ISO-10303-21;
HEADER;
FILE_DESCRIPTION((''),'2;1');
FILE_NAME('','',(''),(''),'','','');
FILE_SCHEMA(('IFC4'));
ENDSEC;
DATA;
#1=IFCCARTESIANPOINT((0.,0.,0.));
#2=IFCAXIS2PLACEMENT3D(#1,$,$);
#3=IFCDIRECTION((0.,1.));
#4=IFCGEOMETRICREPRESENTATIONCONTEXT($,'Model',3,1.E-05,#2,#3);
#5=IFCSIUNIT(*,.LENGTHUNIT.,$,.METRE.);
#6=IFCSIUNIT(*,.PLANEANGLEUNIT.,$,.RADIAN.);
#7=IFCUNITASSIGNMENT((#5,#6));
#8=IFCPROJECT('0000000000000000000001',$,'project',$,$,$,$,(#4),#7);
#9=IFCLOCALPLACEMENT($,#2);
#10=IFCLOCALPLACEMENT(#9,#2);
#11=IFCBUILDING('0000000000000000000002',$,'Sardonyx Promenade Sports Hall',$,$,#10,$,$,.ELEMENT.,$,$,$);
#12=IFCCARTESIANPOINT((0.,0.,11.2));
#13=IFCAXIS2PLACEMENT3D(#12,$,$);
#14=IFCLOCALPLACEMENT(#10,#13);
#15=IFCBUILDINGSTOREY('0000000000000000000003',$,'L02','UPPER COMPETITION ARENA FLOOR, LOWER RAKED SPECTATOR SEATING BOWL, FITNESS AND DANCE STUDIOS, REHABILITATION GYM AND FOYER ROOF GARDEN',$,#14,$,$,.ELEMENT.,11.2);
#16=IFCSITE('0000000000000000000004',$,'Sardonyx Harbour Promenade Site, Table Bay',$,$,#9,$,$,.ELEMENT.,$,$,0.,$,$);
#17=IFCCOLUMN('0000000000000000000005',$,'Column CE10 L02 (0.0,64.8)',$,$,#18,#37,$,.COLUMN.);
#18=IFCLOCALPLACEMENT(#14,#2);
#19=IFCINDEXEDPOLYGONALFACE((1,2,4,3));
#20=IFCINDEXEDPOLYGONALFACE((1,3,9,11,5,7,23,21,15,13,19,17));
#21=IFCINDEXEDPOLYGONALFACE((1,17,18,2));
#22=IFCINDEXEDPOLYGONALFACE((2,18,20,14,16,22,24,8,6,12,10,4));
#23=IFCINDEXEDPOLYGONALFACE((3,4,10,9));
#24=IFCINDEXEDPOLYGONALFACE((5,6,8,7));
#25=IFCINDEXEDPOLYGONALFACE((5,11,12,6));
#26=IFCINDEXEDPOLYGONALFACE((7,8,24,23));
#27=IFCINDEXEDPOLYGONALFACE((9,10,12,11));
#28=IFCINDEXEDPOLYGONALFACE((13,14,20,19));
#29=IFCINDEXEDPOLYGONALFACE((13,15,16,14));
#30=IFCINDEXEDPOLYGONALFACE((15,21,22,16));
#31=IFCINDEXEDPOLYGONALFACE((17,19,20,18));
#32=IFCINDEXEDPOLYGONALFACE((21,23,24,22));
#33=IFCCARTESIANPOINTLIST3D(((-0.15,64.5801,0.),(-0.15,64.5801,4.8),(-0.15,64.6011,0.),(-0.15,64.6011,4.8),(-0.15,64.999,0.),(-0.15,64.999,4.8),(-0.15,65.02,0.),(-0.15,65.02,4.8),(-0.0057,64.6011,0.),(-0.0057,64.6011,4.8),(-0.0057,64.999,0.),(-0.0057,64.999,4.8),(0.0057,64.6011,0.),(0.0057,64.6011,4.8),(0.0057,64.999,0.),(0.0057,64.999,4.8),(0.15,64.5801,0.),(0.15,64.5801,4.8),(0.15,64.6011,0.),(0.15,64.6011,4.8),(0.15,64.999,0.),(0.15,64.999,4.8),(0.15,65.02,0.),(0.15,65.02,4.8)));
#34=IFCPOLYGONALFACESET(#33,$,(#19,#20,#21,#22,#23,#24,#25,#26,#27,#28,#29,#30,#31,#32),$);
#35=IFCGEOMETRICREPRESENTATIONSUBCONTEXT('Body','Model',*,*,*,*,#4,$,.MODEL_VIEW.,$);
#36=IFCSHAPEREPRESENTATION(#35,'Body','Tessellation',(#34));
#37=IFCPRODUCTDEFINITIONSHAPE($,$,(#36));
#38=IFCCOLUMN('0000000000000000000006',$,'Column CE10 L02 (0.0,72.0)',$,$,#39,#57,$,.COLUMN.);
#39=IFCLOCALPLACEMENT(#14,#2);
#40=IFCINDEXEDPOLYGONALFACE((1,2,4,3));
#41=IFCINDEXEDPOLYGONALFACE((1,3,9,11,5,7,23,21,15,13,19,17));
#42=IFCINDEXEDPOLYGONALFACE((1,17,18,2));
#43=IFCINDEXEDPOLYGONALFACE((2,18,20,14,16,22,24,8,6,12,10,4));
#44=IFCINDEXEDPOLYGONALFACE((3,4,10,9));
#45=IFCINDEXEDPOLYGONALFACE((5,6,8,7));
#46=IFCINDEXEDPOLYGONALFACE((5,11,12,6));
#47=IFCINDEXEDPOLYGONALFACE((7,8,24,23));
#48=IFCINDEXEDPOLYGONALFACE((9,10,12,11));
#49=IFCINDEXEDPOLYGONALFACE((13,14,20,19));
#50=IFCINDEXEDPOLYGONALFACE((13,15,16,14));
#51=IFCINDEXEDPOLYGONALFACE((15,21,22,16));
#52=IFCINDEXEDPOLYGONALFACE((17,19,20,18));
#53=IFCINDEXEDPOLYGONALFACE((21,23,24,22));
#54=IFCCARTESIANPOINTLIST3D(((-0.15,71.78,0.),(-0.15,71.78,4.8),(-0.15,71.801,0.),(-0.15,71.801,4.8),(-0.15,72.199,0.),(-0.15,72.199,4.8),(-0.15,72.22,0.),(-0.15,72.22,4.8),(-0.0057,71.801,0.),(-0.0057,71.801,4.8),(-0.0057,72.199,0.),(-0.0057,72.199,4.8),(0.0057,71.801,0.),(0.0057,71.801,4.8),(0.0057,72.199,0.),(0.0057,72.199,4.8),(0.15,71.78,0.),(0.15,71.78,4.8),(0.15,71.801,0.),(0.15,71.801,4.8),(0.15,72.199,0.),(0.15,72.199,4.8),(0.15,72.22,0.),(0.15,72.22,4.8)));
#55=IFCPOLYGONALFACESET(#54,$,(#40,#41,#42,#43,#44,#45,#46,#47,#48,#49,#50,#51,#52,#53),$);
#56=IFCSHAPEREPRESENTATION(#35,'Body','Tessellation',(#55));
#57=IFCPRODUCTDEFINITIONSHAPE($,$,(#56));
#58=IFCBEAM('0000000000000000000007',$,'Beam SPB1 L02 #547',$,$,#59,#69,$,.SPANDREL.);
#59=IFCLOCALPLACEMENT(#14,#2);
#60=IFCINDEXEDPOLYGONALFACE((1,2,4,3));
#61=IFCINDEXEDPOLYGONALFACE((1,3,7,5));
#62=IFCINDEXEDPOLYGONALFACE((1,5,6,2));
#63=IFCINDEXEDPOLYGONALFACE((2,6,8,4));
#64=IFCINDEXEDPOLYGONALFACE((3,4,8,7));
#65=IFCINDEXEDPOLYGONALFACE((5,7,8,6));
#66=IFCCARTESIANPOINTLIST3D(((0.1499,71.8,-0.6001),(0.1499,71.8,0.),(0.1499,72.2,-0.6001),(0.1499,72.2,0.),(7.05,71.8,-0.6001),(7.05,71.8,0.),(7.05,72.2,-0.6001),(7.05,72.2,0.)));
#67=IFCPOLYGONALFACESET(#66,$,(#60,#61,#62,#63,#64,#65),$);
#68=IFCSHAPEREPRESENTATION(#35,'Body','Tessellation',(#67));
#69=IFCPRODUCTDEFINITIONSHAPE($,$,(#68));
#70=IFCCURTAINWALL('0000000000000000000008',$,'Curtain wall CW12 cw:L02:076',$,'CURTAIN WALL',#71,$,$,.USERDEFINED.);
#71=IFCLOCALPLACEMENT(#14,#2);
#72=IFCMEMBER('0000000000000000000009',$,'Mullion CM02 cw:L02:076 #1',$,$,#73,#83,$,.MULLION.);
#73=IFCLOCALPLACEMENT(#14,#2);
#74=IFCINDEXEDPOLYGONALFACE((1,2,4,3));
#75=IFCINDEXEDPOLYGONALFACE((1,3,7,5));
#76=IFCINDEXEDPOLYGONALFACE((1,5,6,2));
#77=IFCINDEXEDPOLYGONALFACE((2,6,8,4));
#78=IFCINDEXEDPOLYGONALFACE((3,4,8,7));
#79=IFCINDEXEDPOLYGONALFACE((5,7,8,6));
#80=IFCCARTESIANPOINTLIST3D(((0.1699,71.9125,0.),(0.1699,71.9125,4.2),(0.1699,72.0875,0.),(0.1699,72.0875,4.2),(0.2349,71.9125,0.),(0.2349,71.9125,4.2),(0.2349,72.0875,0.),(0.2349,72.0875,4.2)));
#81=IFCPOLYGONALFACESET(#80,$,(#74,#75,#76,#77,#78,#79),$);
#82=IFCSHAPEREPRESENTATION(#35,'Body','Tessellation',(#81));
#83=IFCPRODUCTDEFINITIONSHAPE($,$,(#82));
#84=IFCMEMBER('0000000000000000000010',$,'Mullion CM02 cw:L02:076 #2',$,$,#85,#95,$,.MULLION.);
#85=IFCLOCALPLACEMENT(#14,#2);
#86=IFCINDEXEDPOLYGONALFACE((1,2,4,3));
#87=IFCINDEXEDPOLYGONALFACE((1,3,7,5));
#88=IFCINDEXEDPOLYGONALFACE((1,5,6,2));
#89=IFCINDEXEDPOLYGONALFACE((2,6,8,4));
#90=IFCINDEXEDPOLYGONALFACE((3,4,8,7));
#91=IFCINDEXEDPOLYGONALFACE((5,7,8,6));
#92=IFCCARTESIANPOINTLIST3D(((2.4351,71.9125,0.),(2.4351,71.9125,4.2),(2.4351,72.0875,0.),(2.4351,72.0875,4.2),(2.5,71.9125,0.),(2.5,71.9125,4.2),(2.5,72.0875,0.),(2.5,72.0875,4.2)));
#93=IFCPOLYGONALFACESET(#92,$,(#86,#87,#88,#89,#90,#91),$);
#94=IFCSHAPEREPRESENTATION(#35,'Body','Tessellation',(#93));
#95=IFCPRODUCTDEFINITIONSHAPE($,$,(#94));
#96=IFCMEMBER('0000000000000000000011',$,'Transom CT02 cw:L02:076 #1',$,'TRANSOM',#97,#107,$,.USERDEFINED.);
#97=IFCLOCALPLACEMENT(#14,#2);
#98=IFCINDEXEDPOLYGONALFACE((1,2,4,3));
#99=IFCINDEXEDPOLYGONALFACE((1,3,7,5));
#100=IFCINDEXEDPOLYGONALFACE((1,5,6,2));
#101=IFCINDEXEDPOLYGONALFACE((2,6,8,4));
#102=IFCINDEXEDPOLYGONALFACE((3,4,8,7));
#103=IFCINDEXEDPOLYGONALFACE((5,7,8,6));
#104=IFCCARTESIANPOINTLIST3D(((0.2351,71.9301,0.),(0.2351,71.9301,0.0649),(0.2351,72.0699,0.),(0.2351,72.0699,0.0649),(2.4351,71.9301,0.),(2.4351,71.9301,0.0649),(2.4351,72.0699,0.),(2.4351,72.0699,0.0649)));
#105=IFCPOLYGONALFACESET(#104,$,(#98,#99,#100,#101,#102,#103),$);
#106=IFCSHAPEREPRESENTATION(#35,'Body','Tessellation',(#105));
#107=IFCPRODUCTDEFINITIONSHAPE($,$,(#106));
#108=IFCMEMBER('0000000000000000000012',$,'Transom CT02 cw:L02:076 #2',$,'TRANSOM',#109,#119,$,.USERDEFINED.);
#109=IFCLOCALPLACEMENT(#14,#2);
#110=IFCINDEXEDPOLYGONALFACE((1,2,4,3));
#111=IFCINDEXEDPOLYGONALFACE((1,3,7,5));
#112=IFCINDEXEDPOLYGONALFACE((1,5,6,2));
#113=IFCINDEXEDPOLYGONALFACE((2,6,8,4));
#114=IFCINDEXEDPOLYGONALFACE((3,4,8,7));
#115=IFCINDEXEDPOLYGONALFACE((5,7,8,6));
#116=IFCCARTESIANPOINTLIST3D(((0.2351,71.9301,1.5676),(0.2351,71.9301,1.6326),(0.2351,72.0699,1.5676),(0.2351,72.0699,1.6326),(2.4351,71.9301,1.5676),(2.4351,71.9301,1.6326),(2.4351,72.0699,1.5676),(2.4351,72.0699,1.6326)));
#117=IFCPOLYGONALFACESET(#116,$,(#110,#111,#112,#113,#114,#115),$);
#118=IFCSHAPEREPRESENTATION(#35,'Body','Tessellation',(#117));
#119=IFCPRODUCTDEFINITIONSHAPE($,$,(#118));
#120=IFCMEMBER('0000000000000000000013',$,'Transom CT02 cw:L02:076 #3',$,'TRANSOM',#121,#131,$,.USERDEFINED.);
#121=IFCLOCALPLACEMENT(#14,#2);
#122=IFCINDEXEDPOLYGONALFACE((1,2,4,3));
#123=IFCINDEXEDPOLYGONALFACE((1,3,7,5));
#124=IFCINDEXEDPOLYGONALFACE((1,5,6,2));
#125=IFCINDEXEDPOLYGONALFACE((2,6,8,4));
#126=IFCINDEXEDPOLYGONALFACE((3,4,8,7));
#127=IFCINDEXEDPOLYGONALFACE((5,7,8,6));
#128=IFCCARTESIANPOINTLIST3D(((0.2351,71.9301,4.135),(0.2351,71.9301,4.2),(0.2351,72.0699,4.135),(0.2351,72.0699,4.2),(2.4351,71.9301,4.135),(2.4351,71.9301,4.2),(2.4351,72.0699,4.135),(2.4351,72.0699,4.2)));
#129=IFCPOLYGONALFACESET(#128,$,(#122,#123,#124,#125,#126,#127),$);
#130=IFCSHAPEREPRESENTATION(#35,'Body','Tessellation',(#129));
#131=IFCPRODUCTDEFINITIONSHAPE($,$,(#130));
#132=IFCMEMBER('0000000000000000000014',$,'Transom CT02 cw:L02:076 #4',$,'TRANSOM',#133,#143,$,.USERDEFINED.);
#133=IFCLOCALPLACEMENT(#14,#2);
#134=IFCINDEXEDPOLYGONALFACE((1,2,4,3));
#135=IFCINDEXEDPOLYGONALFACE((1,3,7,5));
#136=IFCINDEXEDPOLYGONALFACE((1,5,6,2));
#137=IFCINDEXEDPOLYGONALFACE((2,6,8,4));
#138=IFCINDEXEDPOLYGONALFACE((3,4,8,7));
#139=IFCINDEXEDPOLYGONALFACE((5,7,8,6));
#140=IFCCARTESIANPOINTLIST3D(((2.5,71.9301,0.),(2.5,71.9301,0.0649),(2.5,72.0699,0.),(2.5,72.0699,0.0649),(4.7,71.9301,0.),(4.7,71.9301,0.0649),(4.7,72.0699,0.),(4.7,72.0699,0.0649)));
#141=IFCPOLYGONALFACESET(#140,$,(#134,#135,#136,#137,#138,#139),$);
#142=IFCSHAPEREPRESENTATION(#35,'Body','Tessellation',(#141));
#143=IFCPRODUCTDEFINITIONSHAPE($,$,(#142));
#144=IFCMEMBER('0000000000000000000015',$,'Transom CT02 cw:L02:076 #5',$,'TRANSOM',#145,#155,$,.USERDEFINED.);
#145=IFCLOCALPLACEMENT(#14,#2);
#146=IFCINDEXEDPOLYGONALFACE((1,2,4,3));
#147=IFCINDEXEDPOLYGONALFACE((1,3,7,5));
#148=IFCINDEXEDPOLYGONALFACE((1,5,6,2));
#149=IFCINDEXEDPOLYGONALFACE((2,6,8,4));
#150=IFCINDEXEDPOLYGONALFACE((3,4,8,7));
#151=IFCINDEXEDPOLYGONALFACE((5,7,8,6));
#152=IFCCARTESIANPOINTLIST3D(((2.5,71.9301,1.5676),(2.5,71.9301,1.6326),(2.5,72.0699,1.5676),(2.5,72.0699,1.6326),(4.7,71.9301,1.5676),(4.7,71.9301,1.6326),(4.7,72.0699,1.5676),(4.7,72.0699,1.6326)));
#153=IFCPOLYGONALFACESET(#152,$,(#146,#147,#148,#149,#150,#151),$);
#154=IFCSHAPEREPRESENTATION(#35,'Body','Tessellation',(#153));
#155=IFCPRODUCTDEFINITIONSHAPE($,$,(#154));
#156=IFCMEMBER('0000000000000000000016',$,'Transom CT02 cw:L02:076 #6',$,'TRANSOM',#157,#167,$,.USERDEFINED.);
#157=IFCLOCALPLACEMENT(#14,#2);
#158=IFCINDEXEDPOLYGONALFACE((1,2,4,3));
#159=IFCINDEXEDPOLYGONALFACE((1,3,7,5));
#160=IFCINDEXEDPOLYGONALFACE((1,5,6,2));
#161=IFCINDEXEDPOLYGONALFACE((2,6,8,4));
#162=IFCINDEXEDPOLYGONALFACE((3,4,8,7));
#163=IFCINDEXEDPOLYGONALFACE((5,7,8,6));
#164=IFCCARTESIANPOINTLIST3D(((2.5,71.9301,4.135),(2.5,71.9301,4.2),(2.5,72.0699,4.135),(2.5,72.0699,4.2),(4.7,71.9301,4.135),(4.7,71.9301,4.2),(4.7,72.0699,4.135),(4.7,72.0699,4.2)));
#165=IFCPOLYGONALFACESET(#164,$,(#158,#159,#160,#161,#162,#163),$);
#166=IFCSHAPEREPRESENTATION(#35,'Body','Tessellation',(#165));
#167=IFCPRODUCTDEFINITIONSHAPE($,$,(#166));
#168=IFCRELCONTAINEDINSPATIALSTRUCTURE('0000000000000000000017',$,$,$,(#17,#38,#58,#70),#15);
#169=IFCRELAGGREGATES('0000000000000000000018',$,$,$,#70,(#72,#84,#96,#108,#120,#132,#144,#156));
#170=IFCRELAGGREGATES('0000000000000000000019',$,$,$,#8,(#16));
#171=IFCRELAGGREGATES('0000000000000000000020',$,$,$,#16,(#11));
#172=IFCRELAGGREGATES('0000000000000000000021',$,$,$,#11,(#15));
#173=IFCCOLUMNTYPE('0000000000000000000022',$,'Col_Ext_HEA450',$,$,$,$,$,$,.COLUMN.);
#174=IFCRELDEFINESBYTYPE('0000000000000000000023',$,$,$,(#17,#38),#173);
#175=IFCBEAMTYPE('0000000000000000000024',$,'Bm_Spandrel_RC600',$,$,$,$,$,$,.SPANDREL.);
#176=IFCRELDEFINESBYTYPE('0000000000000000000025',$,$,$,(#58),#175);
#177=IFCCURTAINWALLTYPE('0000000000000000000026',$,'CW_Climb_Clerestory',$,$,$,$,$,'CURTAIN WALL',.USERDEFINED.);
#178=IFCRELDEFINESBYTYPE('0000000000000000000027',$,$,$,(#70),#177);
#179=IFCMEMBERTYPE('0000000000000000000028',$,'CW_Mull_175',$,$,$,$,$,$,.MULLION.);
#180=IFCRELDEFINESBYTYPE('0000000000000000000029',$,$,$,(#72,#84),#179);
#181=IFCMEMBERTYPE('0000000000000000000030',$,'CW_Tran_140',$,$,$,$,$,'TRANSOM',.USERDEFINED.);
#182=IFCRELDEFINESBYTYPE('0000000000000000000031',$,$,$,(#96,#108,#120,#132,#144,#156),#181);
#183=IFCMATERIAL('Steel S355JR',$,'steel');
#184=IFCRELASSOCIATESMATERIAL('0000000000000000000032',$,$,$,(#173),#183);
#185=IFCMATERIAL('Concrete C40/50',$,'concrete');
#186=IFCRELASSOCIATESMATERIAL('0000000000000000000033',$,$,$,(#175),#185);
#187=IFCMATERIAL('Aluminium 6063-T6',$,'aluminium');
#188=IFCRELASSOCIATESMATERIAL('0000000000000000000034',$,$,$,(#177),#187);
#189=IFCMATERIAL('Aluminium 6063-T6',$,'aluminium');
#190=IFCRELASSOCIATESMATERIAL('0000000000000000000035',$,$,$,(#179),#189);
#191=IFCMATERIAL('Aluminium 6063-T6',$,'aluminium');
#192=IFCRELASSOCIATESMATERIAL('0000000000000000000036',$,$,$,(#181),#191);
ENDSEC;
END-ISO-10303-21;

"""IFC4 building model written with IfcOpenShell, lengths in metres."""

from ifc_helpers import new_model, si_unit, direction, frame, origin, origin_2d, place, context, subcontext, project, spatial, rectangle, i_section, extrude, material, material_profile, profile_set, type_object, element, aggregate, save


model = new_model("IFC4")

# Units and contexts
model_context = context("Model", 3, precision=1e-05, world=origin(), true_north=direction((0.0, 1.0)))
body_context = subcontext(model_context, "Body", "Model", "MODEL_VIEW")
ifc_project = project(units=[si_unit("LENGTHUNIT", "METRE"), si_unit("PLANEANGLEUNIT", "RADIAN")], contexts=[model_context])

# Site, building, storey
site_placement = place(None, origin())
site = spatial("IfcSite", under=ifc_project, at=site_placement, Name="Sardonyx Harbour Promenade Site, Table Bay", CompositionType="ELEMENT", RefElevation=0.0)
building_placement = place(site_placement, origin())
building = spatial("IfcBuilding", under=site, at=building_placement, Name="Sardonyx Promenade Sports Hall", CompositionType="ELEMENT")
storey_placement = place(building_placement, frame((0.0, 0.0, 11.2)))
storey = spatial("IfcBuildingStorey", under=building, at=storey_placement, Name="L02", Description="UPPER COMPETITION ARENA FLOOR, LOWER RAKED SPECTATOR SEATING BOWL, FITNESS AND DANCE STUDIOS, REHABILITATION GYM AND FOYER ROOF GARDEN", CompositionType="ELEMENT", Elevation=11.2)

# Columns
ifc_material_1 = material(Name="Steel S355JR", Category="steel")
ifc_material_profile_1 = material_profile(ifc_material_1, i_section(OverallWidth=0.3, OverallDepth=0.4399, WebThickness=0.0115, FlangeThickness=0.021, at=origin_2d()))
ifc_profile_set_1 = profile_set([ifc_material_profile_1], Name="Steel S355JR")
column_type = type_object("IfcColumnType", Name="Col_Ext_HEA450", PredefinedType="COLUMN", material=ifc_profile_set_1)
for number, where, z_axis, x_axis, name in (
    (1, (0.0, 64.8, 0.0), (0.0, 0.0, 1.0), (1.0, 0.0, 0.0), "Column CE10 L02 (0.0,64.8)"),
    (2, (0.0, 72.0, 0.0), (0.0, 0.0, 1.0), (1.0, 0.0, 0.0), "Column CE10 L02 (0.0,72.0)"),
):
    element("IfcColumn", number, at=place(storey_placement, frame(where, z_axis=z_axis, x_axis=x_axis)), inside=storey, type_object=column_type, Name=name, PredefinedType="COLUMN", context=body_context, shape_type="SweptSolid", body=[
        extrude(i_section(OverallWidth=0.3, OverallDepth=0.4399, WebThickness=0.0115, FlangeThickness=0.021, at=origin_2d()), origin(), (0.0, 0.0, 1.0), 4.8),
    ])

# Beam
ifc_material_2 = material(Name="Concrete C40/50", Category="concrete")
ifc_material_profile_2 = material_profile(ifc_material_2, rectangle(XDim=0.3999, YDim=0.6001, at=origin_2d()))
ifc_profile_set_2 = profile_set([ifc_material_profile_2], Name="Concrete C40/50")
beam_type = type_object("IfcBeamType", Name="Bm_Spandrel_RC600", PredefinedType="SPANDREL", material=ifc_profile_set_2)
beam_placement = place(storey_placement, frame((0.1499, 72.0, -0.3), z_axis=(1.0, 0.0, 0.0), x_axis=(0.0, 1.0, 0.0)))
element("IfcBeam", 3, at=beam_placement, inside=storey, type_object=beam_type, Name="Beam SPB1 L02 #547", PredefinedType="SPANDREL", context=body_context, shape_type="SweptSolid", body=[
    extrude(rectangle(XDim=0.3999, YDim=0.6001, at=origin_2d()), origin(), (0.0, 0.0, 1.0), 6.9001),
])

# Curtain wall, members
ifc_material_3 = material(Name="Aluminium 6063-T6", Category="aluminium")
curtain_wall_type = type_object("IfcCurtainWallType", Name="CW_Climb_Clerestory", ElementType="CURTAIN WALL", PredefinedType="USERDEFINED", material=ifc_material_3)
curtain_wall_placement = place(storey_placement, origin())
curtain_wall = element("IfcCurtainWall", 4, at=curtain_wall_placement, inside=storey, type_object=curtain_wall_type, Name="Curtain wall CW12 cw:L02:076", ObjectType="CURTAIN WALL", PredefinedType="USERDEFINED")
ifc_material_4 = material(Name="Aluminium 6063-T6", Category="aluminium")
ifc_material_profile_3 = material_profile(ifc_material_4, rectangle(XDim=0.0649, YDim=0.175, at=origin_2d()))
ifc_profile_set_3 = profile_set([ifc_material_profile_3], Name="Aluminium 6063-T6")
member_type_1 = type_object("IfcMemberType", Name="CW_Mull_175", PredefinedType="MULLION", material=ifc_profile_set_3)
member_1_placement = place(storey_placement, frame((0.2024, 72.0, 0.0), z_axis=(0.0, 0.0, 1.0), x_axis=(1.0, 0.0, 0.0)))
member_1 = element("IfcMember", 5, at=member_1_placement, type_object=member_type_1, Name="Mullion CM02 cw:L02:076 #1", PredefinedType="MULLION", context=body_context, shape_type="SweptSolid", body=[
    extrude(rectangle(XDim=0.0649, YDim=0.175, at=origin_2d()), origin(), (0.0, 0.0, 1.0), 4.2),
])
member_2_placement = place(storey_placement, frame((2.4675, 72.0, 0.0), z_axis=(0.0, 0.0, 1.0), x_axis=(1.0, 0.0, 0.0)))
member_2 = element("IfcMember", 6, at=member_2_placement, type_object=member_type_1, Name="Mullion CM02 cw:L02:076 #2", PredefinedType="MULLION", context=body_context, shape_type="SweptSolid", body=[
    extrude(rectangle(XDim=0.0649, YDim=0.175, at=origin_2d()), origin(), (0.0, 0.0, 1.0), 4.2),
])
ifc_material_5 = material(Name="Aluminium 6063-T6", Category="aluminium")
ifc_material_profile_4 = material_profile(ifc_material_5, rectangle(XDim=0.0649, YDim=0.1399, at=origin_2d()))
ifc_profile_set_4 = profile_set([ifc_material_profile_4], Name="Aluminium 6063-T6")
member_type_2 = type_object("IfcMemberType", Name="CW_Tran_140", ElementType="TRANSOM", PredefinedType="USERDEFINED", material=ifc_profile_set_4)
member_3_placement = place(storey_placement, frame((0.2351, 72.0, 0.0325), z_axis=(1.0, 0.0, 0.0), x_axis=(0.0, 0.0, 1.0)))
member_3 = element("IfcMember", 7, at=member_3_placement, type_object=member_type_2, Name="Transom CT02 cw:L02:076 #1", ObjectType="TRANSOM", PredefinedType="USERDEFINED", context=body_context, shape_type="SweptSolid", body=[
    extrude(rectangle(XDim=0.0649, YDim=0.1399, at=origin_2d()), origin(), (0.0, 0.0, 1.0), 2.2),
])
member_4_placement = place(storey_placement, frame((0.2351, 72.0, 1.6001), z_axis=(1.0, 0.0, 0.0), x_axis=(0.0, 0.0, 1.0)))
member_4 = element("IfcMember", 8, at=member_4_placement, type_object=member_type_2, Name="Transom CT02 cw:L02:076 #2", ObjectType="TRANSOM", PredefinedType="USERDEFINED", context=body_context, shape_type="SweptSolid", body=[
    extrude(rectangle(XDim=0.0649, YDim=0.1399, at=origin_2d()), origin(), (0.0, 0.0, 1.0), 2.2),
])
member_5_placement = place(storey_placement, frame((0.2351, 72.0, 4.1675), z_axis=(1.0, 0.0, 0.0), x_axis=(0.0, 0.0, 1.0)))
member_5 = element("IfcMember", 9, at=member_5_placement, type_object=member_type_2, Name="Transom CT02 cw:L02:076 #3", ObjectType="TRANSOM", PredefinedType="USERDEFINED", context=body_context, shape_type="SweptSolid", body=[
    extrude(rectangle(XDim=0.0649, YDim=0.1399, at=origin_2d()), origin(), (0.0, 0.0, 1.0), 2.2),
])
member_6_placement = place(storey_placement, frame((2.5, 72.0, 0.0325), z_axis=(1.0, 0.0, 0.0), x_axis=(0.0, 0.0, 1.0)))
member_6 = element("IfcMember", 10, at=member_6_placement, type_object=member_type_2, Name="Transom CT02 cw:L02:076 #4", ObjectType="TRANSOM", PredefinedType="USERDEFINED", context=body_context, shape_type="SweptSolid", body=[
    extrude(rectangle(XDim=0.0649, YDim=0.1399, at=origin_2d()), origin(), (0.0, 0.0, 1.0), 2.2),
])
member_7_placement = place(storey_placement, frame((2.5, 72.0, 1.6001), z_axis=(1.0, 0.0, 0.0), x_axis=(0.0, 0.0, 1.0)))
member_7 = element("IfcMember", 11, at=member_7_placement, type_object=member_type_2, Name="Transom CT02 cw:L02:076 #5", ObjectType="TRANSOM", PredefinedType="USERDEFINED", context=body_context, shape_type="SweptSolid", body=[
    extrude(rectangle(XDim=0.0649, YDim=0.1399, at=origin_2d()), origin(), (0.0, 0.0, 1.0), 2.2),
])
member_8_placement = place(storey_placement, frame((2.5, 72.0, 4.1675), z_axis=(1.0, 0.0, 0.0), x_axis=(0.0, 0.0, 1.0)))
member_8 = element("IfcMember", 12, at=member_8_placement, type_object=member_type_2, Name="Transom CT02 cw:L02:076 #6", ObjectType="TRANSOM", PredefinedType="USERDEFINED", context=body_context, shape_type="SweptSolid", body=[
    extrude(rectangle(XDim=0.0649, YDim=0.1399, at=origin_2d()), origin(), (0.0, 0.0, 1.0), 2.2),
])

aggregate(curtain_wall, [member_1, member_2, member_3, member_4, member_5, member_6, member_7, member_8])

save(model, "model.ifc")
